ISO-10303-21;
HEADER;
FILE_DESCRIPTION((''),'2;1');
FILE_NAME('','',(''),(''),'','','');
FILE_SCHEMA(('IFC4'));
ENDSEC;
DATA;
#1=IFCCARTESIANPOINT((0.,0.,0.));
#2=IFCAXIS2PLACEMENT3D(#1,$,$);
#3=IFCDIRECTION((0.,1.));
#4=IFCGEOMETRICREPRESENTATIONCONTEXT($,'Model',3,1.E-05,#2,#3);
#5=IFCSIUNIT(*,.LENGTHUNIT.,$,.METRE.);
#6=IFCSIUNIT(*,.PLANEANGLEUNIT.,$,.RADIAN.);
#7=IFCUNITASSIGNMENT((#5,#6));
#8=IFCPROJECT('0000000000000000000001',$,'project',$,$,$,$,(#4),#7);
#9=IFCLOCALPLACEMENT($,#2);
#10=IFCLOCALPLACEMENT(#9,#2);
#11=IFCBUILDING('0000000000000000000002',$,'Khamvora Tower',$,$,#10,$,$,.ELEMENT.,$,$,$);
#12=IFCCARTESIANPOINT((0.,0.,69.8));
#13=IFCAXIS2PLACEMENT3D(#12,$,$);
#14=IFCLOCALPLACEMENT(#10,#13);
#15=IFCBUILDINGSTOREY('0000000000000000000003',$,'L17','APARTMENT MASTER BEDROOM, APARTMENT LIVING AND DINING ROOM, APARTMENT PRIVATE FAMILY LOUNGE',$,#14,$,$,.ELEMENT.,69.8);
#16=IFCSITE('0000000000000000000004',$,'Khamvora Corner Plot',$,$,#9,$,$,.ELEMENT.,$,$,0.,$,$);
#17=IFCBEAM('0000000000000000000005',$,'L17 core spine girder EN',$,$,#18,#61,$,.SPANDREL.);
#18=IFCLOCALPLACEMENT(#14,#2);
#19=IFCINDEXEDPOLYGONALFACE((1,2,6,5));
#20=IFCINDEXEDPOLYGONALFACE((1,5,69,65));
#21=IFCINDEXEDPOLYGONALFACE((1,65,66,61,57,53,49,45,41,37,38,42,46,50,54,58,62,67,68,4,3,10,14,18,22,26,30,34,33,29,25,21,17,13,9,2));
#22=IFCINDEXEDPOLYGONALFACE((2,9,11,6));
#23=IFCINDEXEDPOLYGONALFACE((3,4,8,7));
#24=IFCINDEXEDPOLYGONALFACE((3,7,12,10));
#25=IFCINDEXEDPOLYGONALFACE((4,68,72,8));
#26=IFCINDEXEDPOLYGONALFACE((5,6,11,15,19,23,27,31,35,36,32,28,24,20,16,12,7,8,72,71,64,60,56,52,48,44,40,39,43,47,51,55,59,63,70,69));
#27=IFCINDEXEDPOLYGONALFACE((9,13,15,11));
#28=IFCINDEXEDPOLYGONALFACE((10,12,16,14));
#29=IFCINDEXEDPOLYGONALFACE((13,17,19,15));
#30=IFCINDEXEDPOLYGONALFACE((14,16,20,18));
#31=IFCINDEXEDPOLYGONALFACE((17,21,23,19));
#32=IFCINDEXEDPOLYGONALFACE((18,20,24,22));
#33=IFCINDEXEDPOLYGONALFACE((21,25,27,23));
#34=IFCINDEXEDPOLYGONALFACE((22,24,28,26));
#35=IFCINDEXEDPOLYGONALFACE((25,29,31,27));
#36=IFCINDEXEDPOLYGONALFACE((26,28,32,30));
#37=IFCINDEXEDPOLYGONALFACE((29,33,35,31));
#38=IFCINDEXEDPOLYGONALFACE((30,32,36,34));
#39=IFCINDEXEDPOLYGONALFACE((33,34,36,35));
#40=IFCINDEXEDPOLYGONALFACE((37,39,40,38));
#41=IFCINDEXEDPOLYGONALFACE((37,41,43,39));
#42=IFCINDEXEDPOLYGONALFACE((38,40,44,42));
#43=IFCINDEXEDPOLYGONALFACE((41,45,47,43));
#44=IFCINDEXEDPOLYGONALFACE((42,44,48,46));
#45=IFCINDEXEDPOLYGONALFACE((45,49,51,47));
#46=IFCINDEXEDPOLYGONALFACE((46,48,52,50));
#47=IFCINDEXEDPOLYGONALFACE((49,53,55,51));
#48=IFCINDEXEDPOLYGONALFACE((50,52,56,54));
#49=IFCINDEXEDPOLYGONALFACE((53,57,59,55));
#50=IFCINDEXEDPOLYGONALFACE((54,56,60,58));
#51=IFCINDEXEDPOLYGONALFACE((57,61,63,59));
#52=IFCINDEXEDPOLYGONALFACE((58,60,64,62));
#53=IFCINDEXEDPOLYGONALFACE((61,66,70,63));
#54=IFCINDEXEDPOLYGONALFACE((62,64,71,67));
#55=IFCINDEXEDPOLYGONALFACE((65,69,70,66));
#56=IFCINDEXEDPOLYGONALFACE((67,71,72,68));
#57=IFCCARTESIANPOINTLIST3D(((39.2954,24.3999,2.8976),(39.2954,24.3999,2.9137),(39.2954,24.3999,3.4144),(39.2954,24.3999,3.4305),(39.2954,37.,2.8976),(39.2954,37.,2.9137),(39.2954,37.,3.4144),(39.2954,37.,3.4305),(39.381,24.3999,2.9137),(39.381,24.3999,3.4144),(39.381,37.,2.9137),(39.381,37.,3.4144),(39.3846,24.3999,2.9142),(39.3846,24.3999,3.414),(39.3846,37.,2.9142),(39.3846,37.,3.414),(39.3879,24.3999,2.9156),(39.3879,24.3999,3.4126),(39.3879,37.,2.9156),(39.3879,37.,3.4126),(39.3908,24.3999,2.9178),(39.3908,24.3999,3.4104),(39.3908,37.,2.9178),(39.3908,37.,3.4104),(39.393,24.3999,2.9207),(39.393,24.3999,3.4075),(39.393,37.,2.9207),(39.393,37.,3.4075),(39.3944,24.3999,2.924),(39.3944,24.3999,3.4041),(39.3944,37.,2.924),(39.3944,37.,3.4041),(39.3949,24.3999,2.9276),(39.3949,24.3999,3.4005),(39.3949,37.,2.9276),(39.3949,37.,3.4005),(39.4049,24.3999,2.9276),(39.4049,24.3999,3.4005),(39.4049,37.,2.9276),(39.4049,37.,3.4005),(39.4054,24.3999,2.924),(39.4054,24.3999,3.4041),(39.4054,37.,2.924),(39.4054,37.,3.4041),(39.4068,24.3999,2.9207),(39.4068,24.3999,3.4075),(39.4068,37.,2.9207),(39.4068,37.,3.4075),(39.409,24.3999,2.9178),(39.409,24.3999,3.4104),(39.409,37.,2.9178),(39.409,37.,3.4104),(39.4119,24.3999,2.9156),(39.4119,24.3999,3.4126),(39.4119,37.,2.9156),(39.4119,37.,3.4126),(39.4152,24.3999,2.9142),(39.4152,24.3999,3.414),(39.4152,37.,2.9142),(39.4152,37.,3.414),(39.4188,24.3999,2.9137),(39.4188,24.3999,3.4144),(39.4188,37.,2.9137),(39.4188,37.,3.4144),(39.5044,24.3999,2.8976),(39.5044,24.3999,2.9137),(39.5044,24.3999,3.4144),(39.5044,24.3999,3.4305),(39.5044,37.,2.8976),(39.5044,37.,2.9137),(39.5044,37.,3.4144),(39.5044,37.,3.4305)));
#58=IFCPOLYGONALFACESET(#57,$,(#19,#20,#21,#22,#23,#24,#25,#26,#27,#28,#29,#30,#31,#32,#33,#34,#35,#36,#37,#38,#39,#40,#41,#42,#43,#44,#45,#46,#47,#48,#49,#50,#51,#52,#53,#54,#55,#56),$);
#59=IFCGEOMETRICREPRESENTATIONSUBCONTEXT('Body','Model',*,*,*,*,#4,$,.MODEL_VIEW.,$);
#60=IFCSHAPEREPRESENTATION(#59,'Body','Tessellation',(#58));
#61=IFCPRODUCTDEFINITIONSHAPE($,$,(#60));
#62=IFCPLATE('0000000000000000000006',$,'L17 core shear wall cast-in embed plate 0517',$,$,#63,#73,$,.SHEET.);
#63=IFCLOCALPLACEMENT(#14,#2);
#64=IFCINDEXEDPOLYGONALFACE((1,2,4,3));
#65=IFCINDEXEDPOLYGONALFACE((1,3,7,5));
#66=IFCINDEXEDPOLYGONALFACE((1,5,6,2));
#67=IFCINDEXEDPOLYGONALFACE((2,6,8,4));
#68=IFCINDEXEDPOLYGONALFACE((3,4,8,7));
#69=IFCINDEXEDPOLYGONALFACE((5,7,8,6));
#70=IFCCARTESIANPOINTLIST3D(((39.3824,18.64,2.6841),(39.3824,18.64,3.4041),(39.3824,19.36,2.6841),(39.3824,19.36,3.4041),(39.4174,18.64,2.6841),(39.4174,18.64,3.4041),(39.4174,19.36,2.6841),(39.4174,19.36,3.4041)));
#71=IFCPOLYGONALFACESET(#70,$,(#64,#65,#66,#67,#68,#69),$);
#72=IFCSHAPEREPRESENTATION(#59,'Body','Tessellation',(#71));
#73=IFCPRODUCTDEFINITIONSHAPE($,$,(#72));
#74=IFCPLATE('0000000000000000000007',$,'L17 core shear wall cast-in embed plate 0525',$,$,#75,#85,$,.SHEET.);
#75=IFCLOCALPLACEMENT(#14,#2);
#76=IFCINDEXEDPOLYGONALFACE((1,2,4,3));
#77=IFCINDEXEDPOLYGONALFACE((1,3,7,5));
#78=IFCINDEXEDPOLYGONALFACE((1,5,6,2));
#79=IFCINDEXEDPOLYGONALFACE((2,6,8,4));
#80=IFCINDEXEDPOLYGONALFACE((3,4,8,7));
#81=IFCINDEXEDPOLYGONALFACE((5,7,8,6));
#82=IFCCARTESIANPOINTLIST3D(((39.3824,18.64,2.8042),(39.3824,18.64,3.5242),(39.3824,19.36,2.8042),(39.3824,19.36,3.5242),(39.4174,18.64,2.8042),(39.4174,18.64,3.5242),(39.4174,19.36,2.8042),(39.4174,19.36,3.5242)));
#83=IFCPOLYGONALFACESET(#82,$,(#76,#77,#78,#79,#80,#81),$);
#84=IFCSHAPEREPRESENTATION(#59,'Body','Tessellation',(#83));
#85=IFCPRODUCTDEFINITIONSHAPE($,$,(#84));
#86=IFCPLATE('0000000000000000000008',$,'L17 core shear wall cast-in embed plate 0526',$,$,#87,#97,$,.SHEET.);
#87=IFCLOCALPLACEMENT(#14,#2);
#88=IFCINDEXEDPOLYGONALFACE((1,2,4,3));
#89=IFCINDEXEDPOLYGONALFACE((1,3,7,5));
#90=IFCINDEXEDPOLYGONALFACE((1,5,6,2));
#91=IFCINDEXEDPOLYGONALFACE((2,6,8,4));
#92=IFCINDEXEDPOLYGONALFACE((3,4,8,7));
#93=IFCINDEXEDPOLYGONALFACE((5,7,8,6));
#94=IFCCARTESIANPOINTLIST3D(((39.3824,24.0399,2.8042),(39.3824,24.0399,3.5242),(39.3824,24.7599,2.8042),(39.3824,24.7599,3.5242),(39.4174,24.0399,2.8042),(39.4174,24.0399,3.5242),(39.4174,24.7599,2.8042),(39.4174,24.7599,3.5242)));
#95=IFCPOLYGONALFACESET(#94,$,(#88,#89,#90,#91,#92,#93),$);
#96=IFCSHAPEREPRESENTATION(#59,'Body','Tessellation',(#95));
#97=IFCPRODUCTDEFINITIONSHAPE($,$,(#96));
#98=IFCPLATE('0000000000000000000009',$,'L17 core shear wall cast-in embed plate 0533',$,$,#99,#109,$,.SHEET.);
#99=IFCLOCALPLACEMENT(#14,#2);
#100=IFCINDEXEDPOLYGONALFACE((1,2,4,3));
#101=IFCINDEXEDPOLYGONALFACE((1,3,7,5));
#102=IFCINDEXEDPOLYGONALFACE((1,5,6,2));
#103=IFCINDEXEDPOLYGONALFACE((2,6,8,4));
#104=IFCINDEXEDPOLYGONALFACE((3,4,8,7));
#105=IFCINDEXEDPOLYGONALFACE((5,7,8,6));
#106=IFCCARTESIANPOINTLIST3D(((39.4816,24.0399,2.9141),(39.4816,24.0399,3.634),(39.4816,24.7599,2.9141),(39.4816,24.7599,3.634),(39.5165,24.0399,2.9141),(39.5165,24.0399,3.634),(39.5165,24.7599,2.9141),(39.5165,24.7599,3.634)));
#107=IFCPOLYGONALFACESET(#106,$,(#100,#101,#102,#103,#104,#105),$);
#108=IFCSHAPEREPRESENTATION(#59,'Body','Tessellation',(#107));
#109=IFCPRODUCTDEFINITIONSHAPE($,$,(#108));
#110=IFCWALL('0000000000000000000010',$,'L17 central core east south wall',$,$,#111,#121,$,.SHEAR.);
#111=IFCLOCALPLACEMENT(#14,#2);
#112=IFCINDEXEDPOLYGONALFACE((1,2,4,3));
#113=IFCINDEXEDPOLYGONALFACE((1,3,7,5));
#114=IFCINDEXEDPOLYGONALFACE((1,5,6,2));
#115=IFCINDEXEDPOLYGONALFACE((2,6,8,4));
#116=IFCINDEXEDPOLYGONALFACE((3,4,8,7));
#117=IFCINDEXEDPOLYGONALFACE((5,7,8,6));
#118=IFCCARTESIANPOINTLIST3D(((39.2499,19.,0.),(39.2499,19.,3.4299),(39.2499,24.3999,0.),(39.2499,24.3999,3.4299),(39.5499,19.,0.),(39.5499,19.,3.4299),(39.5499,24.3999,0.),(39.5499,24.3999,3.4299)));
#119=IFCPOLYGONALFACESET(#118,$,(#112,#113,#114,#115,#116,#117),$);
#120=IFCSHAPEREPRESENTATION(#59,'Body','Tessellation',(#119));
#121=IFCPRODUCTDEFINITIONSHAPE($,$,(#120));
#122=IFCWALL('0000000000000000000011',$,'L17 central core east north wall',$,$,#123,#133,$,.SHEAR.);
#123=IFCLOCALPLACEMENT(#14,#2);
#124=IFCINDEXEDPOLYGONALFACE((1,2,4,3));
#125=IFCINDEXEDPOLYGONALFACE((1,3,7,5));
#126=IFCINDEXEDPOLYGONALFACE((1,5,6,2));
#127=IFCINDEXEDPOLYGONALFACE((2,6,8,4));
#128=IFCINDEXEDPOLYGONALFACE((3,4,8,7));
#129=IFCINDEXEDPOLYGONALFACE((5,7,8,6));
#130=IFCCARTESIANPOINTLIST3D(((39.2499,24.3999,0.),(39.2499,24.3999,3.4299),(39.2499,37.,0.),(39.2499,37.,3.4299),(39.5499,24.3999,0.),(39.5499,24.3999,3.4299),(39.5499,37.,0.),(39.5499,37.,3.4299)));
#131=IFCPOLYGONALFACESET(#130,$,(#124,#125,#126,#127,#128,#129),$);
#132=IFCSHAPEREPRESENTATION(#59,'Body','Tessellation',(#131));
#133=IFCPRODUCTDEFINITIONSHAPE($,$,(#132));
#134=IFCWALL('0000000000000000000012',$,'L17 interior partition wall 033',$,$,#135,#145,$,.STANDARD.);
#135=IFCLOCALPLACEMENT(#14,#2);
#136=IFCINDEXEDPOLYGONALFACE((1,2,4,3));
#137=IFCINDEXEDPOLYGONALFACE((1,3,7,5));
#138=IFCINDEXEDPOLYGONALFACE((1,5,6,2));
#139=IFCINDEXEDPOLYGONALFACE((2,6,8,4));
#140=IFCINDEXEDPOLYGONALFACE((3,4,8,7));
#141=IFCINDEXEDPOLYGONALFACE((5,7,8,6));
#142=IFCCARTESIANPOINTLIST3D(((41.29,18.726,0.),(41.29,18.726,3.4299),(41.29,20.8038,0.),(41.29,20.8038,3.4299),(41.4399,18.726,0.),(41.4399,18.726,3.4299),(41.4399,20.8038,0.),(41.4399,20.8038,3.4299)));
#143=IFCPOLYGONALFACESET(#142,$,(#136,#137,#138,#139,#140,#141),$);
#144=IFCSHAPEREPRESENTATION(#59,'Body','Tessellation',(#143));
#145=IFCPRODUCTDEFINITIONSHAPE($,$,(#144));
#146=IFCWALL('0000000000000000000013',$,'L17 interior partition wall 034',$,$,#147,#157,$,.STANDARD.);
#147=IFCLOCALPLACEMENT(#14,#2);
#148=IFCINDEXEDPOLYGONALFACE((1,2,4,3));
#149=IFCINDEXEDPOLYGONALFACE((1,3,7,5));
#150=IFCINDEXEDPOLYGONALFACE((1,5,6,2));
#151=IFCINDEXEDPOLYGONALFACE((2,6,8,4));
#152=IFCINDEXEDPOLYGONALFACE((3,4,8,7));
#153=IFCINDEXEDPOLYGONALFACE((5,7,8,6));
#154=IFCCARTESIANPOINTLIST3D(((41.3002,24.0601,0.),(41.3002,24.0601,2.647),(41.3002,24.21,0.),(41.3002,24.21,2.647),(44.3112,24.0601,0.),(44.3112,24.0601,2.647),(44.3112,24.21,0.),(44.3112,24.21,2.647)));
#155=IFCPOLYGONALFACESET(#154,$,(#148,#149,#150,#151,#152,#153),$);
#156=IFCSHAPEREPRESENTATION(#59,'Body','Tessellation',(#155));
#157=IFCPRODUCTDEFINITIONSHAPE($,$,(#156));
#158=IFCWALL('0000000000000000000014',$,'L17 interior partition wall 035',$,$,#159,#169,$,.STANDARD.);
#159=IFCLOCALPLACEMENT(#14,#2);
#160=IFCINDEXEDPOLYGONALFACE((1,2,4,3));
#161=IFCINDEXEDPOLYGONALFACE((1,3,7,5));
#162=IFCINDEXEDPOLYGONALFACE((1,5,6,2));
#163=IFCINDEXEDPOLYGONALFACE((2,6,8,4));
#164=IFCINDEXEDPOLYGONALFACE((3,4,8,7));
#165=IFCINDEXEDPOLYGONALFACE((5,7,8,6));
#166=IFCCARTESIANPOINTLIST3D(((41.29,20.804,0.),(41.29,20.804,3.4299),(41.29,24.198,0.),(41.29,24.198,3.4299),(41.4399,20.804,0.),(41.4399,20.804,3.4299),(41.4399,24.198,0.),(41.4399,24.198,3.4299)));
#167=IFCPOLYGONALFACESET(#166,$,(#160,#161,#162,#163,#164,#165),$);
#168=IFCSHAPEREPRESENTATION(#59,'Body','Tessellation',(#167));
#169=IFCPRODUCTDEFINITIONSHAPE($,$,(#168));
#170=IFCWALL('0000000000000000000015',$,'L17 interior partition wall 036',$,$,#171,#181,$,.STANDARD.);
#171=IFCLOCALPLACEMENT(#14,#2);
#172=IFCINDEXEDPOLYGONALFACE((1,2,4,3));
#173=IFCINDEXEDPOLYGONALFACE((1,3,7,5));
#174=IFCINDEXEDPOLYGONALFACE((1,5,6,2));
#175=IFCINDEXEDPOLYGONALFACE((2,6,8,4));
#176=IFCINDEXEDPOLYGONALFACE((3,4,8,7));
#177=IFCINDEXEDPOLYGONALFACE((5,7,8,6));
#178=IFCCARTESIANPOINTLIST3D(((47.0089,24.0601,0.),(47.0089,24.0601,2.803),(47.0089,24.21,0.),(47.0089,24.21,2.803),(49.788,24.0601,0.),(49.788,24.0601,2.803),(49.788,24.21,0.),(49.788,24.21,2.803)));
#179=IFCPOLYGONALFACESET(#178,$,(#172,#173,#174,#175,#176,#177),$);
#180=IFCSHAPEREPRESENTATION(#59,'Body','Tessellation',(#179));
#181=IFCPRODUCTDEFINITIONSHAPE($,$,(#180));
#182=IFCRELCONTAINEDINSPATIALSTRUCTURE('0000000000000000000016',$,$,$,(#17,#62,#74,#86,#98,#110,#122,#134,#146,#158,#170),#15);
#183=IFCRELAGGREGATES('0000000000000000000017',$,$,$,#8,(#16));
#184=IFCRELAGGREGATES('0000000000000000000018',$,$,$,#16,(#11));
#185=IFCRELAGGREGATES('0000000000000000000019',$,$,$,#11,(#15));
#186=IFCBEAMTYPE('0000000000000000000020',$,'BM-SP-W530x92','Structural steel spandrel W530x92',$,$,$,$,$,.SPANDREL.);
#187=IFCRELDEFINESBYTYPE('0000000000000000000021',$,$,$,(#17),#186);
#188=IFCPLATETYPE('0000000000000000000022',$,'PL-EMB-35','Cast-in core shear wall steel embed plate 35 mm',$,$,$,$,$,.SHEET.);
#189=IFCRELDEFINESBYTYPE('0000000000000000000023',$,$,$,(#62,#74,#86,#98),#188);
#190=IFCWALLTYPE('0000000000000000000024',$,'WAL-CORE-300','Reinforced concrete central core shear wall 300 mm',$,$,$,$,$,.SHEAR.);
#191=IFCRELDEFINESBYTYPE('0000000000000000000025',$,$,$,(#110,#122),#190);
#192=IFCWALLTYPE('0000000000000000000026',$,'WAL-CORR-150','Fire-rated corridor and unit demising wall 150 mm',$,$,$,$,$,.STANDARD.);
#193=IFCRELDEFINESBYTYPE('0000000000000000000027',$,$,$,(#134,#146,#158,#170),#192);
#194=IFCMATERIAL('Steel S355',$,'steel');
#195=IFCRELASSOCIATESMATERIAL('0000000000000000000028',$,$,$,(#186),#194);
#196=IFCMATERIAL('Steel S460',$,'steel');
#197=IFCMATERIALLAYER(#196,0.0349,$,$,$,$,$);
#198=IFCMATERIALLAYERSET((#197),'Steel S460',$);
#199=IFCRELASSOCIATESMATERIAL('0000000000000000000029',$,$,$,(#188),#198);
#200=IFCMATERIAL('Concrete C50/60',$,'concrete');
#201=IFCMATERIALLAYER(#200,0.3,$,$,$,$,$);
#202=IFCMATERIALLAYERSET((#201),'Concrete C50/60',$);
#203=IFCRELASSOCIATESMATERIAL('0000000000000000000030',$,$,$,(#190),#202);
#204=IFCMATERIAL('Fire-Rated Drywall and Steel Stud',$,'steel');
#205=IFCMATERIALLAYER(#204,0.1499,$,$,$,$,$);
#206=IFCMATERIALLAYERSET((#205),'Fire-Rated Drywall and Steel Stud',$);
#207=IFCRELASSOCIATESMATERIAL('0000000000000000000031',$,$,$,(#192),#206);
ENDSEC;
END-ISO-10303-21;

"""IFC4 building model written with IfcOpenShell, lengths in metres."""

from ifc_helpers import new_model, si_unit, direction, frame, frame_2d, origin, origin_2d, place, context, subcontext, project, spatial, rectangle, i_section, extrude, material, layer, layer_set, material_profile, profile_set, type_object, element, save


model = new_model("IFC4")

# Units and contexts
model_context = context("Model", 3, precision=1e-05, world=origin(), true_north=direction((0.0, 1.0)))
body_context = subcontext(model_context, "Body", "Model", "MODEL_VIEW")
ifc_project = project(units=[si_unit("LENGTHUNIT", "METRE"), si_unit("PLANEANGLEUNIT", "RADIAN")], contexts=[model_context])

# Site, building, storey
site_placement = place(None, origin())
site = spatial("IfcSite", under=ifc_project, at=site_placement, Name="Khamvora Corner Plot", CompositionType="ELEMENT", RefElevation=0.0)
building_placement = place(site_placement, origin())
building = spatial("IfcBuilding", under=site, at=building_placement, Name="Khamvora Tower", CompositionType="ELEMENT")
storey_placement = place(building_placement, frame((0.0, 0.0, 69.8)))
storey = spatial("IfcBuildingStorey", under=building, at=storey_placement, Name="L17", Description="APARTMENT MASTER BEDROOM, APARTMENT LIVING AND DINING ROOM, APARTMENT PRIVATE FAMILY LOUNGE", CompositionType="ELEMENT", Elevation=69.8)

# Shared definitions
ifc_material_1 = material(Name="Steel S460", Category="steel")

# Beam
ifc_material_2 = material(Name="Steel S355", Category="steel")
ifc_material_profile_1 = material_profile(ifc_material_2, i_section(OverallWidth=0.209, OverallDepth=0.533, WebThickness=0.01, FlangeThickness=0.0161, FilletRadius=0.0139, at=origin_2d()), Name="W530x92")
ifc_profile_set_1 = profile_set([ifc_material_profile_1], Name="Steel S355")
beam_type_1 = type_object("IfcBeamType", Name="BM-SP-W530x92", Description="Structural steel spandrel W530x92", PredefinedType="SPANDREL", material=ifc_profile_set_1)
beam_1_placement = place(storey_placement, frame((39.3999, 24.3999, 3.1641), z_axis=(0.0, 1.0, 0.0), x_axis=(-1.0, 0.0, 0.0)))
element("IfcBeam", 1, at=beam_1_placement, inside=storey, type_object=beam_type_1, Name="L17 core spine girder EN", PredefinedType="SPANDREL", context=body_context, shape_type="SweptSolid", body=[
    extrude(i_section(OverallWidth=0.209, OverallDepth=0.533, WebThickness=0.01, FlangeThickness=0.0161, FilletRadius=0.0139, at=origin_2d()), origin(), (0.0, 0.0, 1.0), 12.6001),
])

# Plates
ifc_layer_1 = layer(ifc_material_1, 0.0349)
ifc_layer_set_1 = layer_set([ifc_layer_1], Name="Steel S460")
plate_type = type_object("IfcPlateType", Name="PL-EMB-35", Description="Cast-in core shear wall steel embed plate 35 mm", PredefinedType="SHEET", material=ifc_layer_set_1)
for number, where, z_axis, x_axis, name in (
    (2, (39.3999, 19.0, 2.6841), (0.0, 0.0, 1.0), (1.0, 0.0, 0.0), "L17 core shear wall cast-in embed plate 0517"),
    (3, (39.3999, 19.0, 2.8042), (0.0, 0.0, 1.0), (1.0, 0.0, 0.0), "L17 core shear wall cast-in embed plate 0525"),
    (4, (39.3999, 24.3999, 2.8042), (0.0, 0.0, 1.0), (1.0, 0.0, 0.0), "L17 core shear wall cast-in embed plate 0526"),
    (5, (39.499, 24.3999, 2.9141), (0.0, 0.0, 1.0), (1.0, 0.0, 0.0), "L17 core shear wall cast-in embed plate 0533"),
):
    element("IfcPlate", number, at=place(storey_placement, frame(where, z_axis=z_axis, x_axis=x_axis)), inside=storey, type_object=plate_type, Name=name, PredefinedType="SHEET", context=body_context, shape_type="SweptSolid", body=[
        extrude(rectangle(XDim=0.0349, YDim=0.72, at=origin_2d()), origin(), (0.0, 0.0, 1.0), 0.72),
    ])

# Walls
ifc_material_3 = material(Name="Concrete C50/60", Category="concrete")
ifc_layer_2 = layer(ifc_material_3, 0.3)
ifc_layer_set_2 = layer_set([ifc_layer_2], Name="Concrete C50/60")
wall_type_1 = type_object("IfcWallType", Name="WAL-CORE-300", Description="Reinforced concrete central core shear wall 300 mm", PredefinedType="SHEAR", material=ifc_layer_set_2)
wall_1_placement = place(storey_placement, frame((39.3999, 19.0, 0.0), z_axis=(0.0, 0.0, 1.0), x_axis=(0.0, 1.0, 0.0)))
element("IfcWall", 6, at=wall_1_placement, inside=storey, type_object=wall_type_1, Name="L17 central core east south wall", PredefinedType="SHEAR", context=body_context, shape_type="SweptSolid", body=[
    extrude(rectangle(XDim=5.3999, YDim=0.3, at=frame_2d((2.7, 0.0))), origin(), (0.0, 0.0, 1.0), 3.4299),
])
wall_2_placement = place(storey_placement, frame((39.3999, 24.3999, 0.0), z_axis=(0.0, 0.0, 1.0), x_axis=(0.0, 1.0, 0.0)))
element("IfcWall", 7, at=wall_2_placement, inside=storey, type_object=wall_type_1, Name="L17 central core east north wall", PredefinedType="SHEAR", context=body_context, shape_type="SweptSolid", body=[
    extrude(rectangle(XDim=12.6001, YDim=0.3, at=frame_2d((6.3, 0.0))), origin(), (0.0, 0.0, 1.0), 3.4299),
])

# Shared definitions
ifc_material_4 = material(Name="Fire-Rated Drywall and Steel Stud", Category="steel")
ifc_layer_3 = layer(ifc_material_4, 0.1499)
ifc_layer_set_3 = layer_set([ifc_layer_3], Name="Fire-Rated Drywall and Steel Stud")
wall_type_2 = type_object("IfcWallType", Name="WAL-CORR-150", Description="Fire-rated corridor and unit demising wall 150 mm", PredefinedType="STANDARD", material=ifc_layer_set_3)

# Walls
wall_3_placement = place(storey_placement, frame((41.365, 20.804, 0.0), z_axis=(0.0, 0.0, 1.0), x_axis=(0.0, -1.0, 0.0)))
element("IfcWall", 8, at=wall_3_placement, inside=storey, type_object=wall_type_2, Name="L17 interior partition wall 033", PredefinedType="STANDARD", context=body_context, shape_type="SweptSolid", body=[
    extrude(rectangle(XDim=2.0779, YDim=0.1499, at=frame_2d((1.0391, 0.0))), origin(), (0.0, 0.0, 1.0), 3.4299),
])
wall_4_placement = place(storey_placement, frame((44.311, 24.135, 0.0), z_axis=(0.0, 0.0, 1.0), x_axis=(-1.0, 0.0, 0.0)))
element("IfcWall", 9, at=wall_4_placement, inside=storey, type_object=wall_type_2, Name="L17 interior partition wall 034", PredefinedType="STANDARD", context=body_context, shape_type="SweptSolid", body=[
    extrude(rectangle(XDim=3.011, YDim=0.1499, at=frame_2d((1.5054, 0.0))), origin(), (0.0, 0.0, 1.0), 2.647),
])
wall_5_placement = place(storey_placement, frame((41.365, 24.198, 0.0), z_axis=(0.0, 0.0, 1.0), x_axis=(0.0, -1.0, 0.0)))
element("IfcWall", 10, at=wall_5_placement, inside=storey, type_object=wall_type_2, Name="L17 interior partition wall 035", PredefinedType="STANDARD", context=body_context, shape_type="SweptSolid", body=[
    extrude(rectangle(XDim=3.394, YDim=0.1499, at=frame_2d((1.697, 0.0))), origin(), (0.0, 0.0, 1.0), 3.4299),
])
wall_6_placement = place(storey_placement, frame((49.7881, 24.135, 0.0), z_axis=(0.0, 0.0, 1.0), x_axis=(-1.0, 0.0, 0.0)))
element("IfcWall", 11, at=wall_6_placement, inside=storey, type_object=wall_type_2, Name="L17 interior partition wall 036", PredefinedType="STANDARD", context=body_context, shape_type="SweptSolid", body=[
    extrude(rectangle(XDim=2.7791, YDim=0.1499, at=frame_2d((1.3896, 0.0))), origin(), (0.0, 0.0, 1.0), 2.803),
])

save(model, "model.ifc")
